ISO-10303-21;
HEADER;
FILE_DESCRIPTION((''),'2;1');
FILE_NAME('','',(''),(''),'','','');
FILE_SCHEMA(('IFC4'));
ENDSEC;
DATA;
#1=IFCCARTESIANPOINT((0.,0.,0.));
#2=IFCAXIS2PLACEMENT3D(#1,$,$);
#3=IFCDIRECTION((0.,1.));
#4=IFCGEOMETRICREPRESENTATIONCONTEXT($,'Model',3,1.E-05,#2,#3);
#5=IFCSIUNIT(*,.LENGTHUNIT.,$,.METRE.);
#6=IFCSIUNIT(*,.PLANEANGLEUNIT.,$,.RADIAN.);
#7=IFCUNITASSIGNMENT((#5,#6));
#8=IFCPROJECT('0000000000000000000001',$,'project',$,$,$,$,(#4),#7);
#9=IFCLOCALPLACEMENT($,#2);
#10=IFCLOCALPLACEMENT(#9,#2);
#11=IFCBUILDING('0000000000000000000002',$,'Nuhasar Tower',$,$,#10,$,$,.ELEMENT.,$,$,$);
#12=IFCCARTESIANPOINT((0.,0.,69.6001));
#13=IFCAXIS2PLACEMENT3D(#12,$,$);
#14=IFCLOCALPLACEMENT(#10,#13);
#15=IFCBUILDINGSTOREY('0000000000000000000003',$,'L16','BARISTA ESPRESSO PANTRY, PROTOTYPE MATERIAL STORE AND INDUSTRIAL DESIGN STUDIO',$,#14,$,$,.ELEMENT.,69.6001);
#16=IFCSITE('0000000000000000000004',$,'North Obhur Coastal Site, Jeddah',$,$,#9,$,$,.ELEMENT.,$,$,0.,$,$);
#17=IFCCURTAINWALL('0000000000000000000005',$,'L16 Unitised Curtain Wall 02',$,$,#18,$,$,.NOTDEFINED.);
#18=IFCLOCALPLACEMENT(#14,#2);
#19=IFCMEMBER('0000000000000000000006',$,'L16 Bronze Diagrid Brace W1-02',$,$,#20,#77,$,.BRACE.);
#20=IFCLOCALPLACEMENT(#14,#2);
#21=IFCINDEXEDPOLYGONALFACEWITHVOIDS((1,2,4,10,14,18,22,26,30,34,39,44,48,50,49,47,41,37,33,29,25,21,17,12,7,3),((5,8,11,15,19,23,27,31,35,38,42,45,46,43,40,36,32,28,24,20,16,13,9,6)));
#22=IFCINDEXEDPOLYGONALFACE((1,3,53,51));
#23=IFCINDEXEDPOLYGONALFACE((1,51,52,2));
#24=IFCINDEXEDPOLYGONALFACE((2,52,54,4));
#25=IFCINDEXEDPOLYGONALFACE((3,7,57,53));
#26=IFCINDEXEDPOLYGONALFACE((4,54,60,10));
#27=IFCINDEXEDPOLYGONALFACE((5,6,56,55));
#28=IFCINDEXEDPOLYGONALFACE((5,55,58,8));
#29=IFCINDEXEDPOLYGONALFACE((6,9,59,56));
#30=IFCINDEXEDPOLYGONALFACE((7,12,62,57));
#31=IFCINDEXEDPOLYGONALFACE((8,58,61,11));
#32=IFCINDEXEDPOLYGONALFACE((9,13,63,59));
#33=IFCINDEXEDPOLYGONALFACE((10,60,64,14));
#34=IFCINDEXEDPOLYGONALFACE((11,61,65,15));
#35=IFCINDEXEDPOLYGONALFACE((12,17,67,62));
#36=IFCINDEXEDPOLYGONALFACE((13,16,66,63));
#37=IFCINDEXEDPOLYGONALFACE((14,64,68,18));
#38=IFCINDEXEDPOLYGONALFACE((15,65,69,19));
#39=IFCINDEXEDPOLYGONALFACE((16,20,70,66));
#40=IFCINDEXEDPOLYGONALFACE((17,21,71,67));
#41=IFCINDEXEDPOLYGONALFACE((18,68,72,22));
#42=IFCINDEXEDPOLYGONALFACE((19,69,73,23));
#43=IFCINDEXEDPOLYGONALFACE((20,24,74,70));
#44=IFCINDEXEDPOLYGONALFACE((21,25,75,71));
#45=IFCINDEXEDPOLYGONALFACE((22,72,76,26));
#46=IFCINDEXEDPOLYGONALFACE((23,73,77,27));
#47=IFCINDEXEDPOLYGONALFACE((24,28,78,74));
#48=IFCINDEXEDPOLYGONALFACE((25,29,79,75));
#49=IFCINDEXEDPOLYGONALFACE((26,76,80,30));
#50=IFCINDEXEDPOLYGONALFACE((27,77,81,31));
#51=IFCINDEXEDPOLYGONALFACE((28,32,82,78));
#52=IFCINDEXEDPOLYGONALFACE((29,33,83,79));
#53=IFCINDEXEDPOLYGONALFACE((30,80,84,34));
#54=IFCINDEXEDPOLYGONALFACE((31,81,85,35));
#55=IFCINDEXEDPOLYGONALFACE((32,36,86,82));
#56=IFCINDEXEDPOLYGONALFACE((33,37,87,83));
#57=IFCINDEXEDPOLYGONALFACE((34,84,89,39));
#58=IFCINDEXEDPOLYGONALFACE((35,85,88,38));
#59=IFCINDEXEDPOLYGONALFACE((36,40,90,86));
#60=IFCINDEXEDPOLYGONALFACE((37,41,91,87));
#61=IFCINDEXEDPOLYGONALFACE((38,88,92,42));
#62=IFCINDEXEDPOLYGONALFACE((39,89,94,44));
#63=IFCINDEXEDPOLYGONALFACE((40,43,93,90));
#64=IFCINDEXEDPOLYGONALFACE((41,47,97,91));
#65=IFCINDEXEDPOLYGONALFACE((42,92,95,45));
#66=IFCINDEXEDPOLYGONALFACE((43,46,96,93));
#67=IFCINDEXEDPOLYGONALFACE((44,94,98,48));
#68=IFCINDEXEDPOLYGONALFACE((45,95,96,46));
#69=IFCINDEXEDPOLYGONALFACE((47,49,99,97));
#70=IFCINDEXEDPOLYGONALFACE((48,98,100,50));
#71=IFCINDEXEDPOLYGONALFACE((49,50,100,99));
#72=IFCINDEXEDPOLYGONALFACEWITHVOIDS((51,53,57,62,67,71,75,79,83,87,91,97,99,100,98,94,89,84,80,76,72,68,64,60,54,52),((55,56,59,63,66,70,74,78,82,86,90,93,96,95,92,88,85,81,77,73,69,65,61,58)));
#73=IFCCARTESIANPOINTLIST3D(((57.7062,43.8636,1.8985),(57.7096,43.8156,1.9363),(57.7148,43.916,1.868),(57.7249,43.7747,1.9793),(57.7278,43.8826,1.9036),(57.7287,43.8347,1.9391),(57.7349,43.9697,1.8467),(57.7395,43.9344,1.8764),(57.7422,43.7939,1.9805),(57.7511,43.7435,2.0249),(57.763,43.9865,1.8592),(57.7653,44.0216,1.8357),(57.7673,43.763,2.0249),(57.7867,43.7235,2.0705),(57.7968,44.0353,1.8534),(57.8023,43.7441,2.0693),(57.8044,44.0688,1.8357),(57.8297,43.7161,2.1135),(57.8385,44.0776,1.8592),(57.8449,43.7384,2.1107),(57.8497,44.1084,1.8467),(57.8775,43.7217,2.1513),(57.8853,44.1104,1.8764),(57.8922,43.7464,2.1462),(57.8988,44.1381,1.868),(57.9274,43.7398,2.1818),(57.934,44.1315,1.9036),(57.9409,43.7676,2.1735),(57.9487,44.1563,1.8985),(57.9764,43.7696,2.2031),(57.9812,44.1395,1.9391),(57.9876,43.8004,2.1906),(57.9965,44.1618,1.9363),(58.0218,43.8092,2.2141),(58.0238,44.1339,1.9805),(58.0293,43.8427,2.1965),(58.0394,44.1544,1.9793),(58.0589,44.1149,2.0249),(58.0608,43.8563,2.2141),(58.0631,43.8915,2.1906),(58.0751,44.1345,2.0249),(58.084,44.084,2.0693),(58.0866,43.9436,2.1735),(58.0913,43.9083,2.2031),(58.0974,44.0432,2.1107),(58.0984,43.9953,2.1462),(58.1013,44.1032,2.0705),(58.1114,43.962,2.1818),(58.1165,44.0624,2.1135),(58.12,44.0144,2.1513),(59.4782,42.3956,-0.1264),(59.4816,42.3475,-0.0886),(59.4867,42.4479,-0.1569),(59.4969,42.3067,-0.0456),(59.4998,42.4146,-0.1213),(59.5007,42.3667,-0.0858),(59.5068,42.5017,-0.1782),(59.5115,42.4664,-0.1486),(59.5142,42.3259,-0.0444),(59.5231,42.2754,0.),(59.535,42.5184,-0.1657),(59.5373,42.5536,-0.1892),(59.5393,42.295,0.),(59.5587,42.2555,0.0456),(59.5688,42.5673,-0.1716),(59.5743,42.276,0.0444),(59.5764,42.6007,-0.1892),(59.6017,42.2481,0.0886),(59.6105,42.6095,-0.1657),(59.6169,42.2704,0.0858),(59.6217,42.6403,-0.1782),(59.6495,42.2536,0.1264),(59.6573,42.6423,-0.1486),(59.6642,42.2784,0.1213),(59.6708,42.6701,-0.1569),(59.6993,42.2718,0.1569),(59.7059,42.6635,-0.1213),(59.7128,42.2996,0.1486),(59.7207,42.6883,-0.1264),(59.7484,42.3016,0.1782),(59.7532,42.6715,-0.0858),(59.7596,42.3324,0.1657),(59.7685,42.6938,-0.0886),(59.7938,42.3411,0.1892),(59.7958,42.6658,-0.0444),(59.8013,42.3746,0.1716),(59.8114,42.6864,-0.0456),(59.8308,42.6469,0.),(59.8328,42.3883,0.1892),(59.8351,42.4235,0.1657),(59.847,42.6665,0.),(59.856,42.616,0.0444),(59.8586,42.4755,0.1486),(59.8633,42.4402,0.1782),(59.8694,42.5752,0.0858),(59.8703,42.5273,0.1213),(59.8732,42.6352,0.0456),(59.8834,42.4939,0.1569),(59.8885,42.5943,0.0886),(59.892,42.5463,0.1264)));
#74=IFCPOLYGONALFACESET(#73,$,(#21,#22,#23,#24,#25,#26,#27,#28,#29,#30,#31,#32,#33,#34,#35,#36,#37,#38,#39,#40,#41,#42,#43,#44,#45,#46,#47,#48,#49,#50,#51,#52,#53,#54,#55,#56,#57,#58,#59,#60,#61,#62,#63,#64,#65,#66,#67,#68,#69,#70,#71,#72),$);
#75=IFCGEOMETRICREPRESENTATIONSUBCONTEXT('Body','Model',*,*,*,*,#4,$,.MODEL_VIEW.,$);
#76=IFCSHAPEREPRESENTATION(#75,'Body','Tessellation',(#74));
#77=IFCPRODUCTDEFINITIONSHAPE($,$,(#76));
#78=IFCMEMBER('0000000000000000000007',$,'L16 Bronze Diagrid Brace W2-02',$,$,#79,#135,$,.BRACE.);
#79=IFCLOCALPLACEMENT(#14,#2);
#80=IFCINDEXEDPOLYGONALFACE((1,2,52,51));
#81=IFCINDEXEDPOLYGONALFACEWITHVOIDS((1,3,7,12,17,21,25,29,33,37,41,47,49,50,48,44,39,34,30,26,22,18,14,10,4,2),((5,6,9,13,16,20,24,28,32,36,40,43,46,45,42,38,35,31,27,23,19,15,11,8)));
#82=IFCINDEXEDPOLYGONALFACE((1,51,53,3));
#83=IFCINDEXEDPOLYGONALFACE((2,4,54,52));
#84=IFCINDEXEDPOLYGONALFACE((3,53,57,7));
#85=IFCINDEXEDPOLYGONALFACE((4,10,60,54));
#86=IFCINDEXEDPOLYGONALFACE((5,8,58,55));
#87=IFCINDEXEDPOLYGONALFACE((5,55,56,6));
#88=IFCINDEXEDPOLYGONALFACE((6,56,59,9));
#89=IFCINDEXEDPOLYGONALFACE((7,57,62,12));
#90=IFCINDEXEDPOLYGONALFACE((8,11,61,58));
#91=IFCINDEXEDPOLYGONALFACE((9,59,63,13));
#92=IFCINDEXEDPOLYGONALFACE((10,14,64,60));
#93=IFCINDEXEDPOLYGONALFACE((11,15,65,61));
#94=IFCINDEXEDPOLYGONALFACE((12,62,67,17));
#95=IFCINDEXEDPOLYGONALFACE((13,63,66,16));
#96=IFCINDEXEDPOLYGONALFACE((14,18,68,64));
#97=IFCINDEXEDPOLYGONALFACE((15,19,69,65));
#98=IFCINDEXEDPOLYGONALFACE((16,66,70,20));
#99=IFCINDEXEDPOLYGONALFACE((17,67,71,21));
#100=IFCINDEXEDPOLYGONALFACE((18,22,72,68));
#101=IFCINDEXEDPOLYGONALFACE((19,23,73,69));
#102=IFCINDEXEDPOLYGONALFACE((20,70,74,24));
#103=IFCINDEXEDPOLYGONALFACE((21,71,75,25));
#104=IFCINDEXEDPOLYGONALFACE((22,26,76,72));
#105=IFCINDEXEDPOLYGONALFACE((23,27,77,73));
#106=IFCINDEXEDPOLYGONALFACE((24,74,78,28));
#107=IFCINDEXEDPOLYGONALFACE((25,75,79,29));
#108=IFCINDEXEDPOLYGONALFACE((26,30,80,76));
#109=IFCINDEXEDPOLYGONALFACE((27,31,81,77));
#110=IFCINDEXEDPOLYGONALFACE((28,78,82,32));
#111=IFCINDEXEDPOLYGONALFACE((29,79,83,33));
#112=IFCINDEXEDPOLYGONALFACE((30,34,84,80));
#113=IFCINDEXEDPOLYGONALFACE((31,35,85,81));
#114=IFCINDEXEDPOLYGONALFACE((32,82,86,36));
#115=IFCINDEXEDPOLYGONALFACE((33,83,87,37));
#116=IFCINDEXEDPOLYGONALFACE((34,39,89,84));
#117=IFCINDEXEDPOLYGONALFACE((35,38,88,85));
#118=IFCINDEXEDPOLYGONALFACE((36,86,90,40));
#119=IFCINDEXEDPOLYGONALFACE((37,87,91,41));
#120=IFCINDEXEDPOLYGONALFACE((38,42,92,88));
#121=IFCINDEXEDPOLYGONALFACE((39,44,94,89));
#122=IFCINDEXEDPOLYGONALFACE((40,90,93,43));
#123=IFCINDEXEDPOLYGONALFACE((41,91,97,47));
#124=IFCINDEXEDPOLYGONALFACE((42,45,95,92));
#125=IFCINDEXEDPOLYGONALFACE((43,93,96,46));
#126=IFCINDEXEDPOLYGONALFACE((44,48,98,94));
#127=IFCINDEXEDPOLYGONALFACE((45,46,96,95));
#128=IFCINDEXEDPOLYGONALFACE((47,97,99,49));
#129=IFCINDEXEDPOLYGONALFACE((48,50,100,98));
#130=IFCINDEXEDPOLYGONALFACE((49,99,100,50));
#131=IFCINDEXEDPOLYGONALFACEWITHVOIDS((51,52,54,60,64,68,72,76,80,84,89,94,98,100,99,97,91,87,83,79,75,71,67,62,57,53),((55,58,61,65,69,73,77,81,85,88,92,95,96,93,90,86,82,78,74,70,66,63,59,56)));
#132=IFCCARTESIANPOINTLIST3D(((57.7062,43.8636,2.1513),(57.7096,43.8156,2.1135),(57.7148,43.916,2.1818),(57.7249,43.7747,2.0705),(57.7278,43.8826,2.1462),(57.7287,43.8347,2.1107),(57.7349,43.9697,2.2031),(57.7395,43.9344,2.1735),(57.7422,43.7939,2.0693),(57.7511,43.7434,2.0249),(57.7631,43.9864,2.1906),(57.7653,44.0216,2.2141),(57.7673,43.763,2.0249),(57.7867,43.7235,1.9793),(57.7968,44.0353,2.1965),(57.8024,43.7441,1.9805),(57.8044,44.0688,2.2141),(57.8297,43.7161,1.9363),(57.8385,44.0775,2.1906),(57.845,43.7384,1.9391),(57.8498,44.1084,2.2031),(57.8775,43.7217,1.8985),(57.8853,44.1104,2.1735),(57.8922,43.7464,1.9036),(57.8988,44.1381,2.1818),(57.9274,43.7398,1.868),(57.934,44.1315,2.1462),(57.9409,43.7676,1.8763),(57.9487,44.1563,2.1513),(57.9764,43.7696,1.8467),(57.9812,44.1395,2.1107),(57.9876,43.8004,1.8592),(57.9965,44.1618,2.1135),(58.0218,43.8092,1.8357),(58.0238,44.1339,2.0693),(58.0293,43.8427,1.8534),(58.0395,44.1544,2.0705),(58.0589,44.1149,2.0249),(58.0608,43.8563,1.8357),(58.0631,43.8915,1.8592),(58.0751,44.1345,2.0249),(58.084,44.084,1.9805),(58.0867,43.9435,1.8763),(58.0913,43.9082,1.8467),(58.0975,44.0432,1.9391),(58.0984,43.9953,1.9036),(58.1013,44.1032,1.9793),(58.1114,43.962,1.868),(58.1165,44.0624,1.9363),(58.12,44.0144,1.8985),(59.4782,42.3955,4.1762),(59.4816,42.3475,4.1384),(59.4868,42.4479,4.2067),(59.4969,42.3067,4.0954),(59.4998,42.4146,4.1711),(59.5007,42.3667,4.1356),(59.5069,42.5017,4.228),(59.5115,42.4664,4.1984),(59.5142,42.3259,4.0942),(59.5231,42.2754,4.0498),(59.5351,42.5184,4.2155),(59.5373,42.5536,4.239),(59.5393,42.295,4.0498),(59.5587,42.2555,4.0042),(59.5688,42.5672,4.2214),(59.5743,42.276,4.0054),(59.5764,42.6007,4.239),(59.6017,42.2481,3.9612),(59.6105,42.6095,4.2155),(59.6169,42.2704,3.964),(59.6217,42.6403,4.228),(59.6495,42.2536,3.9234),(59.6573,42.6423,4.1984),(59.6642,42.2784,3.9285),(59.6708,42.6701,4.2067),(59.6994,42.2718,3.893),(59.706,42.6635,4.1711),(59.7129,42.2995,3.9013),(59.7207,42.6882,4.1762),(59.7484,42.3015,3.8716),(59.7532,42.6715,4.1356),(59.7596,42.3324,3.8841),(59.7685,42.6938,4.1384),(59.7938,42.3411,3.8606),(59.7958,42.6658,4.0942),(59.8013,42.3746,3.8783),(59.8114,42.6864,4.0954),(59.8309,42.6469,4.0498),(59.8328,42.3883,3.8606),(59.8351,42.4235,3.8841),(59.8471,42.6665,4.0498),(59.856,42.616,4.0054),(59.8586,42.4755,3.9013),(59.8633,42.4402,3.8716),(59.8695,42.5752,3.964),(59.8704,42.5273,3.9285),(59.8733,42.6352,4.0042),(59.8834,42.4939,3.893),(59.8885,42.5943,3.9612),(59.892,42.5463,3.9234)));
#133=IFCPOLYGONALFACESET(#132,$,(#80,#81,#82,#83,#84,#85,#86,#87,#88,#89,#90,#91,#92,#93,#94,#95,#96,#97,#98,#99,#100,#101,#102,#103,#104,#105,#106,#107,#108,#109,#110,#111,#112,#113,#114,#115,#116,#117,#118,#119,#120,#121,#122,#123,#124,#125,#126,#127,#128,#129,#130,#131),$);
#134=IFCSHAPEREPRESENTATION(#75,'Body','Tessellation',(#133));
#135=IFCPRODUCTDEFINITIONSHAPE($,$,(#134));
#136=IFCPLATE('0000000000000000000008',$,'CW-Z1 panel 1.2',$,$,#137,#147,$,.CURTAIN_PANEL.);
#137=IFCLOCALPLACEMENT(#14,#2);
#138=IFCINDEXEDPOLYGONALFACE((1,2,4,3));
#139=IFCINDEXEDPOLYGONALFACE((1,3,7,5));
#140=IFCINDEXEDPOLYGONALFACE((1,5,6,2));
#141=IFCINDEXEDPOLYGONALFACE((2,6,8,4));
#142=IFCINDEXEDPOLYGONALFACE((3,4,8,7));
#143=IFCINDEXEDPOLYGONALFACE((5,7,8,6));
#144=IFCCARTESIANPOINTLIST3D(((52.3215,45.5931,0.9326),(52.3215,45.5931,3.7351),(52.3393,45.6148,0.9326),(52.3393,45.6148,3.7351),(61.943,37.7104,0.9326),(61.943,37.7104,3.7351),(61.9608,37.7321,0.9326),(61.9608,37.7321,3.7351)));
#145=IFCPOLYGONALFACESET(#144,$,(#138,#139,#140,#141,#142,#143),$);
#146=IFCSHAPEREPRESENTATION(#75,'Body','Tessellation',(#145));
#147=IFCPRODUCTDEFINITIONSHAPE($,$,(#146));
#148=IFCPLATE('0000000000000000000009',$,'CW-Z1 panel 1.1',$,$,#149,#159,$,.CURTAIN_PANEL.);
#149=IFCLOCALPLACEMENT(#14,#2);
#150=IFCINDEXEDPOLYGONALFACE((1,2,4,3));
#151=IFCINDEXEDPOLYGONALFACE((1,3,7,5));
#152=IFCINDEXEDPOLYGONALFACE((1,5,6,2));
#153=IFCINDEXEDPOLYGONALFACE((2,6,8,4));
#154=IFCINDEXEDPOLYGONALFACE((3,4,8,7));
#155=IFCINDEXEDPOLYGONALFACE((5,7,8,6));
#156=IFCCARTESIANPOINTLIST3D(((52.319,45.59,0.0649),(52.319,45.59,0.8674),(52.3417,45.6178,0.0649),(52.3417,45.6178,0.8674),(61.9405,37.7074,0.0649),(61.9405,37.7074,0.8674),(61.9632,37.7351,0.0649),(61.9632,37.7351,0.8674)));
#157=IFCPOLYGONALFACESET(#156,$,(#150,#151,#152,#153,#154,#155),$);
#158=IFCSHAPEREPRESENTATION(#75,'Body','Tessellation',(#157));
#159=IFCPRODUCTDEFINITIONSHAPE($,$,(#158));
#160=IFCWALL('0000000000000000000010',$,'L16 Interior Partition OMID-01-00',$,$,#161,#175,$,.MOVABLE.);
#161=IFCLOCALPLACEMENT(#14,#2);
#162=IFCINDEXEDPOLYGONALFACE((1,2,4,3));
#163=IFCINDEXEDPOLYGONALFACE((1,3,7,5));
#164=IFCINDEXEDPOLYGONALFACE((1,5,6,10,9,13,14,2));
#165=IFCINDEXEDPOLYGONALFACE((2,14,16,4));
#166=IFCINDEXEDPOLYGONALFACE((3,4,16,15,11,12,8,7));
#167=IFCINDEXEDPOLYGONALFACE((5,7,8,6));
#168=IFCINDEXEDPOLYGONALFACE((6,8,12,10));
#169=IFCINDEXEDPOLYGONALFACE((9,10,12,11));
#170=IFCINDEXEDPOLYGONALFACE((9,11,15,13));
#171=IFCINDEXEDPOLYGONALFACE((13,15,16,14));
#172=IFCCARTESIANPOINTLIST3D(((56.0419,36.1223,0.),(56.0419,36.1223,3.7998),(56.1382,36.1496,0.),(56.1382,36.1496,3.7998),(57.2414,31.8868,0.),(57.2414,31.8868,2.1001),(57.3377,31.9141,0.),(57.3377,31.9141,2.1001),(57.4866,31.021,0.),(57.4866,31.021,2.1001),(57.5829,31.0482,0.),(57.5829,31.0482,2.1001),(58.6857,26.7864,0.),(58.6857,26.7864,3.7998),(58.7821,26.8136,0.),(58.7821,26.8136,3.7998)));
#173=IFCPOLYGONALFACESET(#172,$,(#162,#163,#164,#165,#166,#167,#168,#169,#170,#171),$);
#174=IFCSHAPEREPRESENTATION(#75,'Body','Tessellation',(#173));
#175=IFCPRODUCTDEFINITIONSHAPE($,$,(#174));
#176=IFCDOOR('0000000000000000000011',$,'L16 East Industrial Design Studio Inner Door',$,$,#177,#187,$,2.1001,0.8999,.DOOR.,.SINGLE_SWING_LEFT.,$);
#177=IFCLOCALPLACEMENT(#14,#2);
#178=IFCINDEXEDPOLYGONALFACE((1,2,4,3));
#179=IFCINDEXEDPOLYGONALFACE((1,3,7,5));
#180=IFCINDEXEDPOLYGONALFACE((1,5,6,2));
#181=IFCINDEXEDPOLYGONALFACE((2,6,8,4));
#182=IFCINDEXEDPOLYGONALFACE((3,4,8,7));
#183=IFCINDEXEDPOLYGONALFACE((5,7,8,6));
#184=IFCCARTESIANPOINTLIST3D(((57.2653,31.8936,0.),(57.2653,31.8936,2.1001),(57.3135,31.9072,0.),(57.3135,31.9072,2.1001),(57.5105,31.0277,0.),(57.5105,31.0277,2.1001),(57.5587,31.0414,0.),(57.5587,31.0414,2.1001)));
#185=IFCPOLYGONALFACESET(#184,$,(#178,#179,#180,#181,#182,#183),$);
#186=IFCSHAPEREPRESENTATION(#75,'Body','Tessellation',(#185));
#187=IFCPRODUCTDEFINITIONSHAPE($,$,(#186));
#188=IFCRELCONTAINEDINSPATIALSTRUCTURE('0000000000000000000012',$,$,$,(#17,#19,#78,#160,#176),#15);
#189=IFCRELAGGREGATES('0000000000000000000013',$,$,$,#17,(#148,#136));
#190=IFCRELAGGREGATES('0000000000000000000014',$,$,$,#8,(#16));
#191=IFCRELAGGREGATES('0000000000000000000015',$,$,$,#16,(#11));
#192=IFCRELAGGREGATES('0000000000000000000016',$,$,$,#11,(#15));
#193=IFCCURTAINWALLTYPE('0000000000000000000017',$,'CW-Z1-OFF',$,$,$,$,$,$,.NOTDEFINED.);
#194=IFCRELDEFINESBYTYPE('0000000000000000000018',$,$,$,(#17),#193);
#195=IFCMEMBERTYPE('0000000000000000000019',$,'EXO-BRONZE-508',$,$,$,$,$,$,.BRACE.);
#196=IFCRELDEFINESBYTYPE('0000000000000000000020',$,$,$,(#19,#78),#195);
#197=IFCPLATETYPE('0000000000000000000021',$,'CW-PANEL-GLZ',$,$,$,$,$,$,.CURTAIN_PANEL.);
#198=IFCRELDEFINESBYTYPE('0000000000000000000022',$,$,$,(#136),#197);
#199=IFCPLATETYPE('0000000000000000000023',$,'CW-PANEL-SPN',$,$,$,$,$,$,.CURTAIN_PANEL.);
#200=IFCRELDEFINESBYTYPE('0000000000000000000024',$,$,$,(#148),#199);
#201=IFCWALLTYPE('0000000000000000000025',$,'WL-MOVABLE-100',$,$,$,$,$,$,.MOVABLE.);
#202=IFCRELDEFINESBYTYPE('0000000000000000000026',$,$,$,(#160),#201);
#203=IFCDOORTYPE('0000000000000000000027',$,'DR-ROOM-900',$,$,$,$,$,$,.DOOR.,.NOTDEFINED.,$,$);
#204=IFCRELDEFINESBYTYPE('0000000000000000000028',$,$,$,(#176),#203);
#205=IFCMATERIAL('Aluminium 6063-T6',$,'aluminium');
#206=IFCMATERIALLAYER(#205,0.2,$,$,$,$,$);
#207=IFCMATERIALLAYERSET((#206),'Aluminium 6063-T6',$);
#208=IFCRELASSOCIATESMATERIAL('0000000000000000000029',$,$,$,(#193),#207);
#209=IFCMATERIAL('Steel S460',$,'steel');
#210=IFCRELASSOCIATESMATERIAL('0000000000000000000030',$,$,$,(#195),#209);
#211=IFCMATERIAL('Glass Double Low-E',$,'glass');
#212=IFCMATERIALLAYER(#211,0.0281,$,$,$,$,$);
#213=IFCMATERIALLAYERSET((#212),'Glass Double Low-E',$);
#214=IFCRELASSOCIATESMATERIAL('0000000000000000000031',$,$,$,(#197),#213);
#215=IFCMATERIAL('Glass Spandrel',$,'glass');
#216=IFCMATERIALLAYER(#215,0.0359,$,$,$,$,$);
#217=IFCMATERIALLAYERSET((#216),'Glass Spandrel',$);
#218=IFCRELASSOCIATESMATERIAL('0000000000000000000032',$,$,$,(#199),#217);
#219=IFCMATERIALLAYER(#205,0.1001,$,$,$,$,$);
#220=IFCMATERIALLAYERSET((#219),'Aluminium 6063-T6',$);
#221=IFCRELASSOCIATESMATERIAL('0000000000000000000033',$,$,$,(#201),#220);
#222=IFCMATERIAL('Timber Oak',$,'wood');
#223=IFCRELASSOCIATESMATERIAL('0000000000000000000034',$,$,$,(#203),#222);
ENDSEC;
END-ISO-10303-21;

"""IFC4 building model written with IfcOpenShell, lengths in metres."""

from ifc_helpers import new_model, si_unit, direction, frame, frame_2d, origin, origin_2d, place, context, subcontext, project, spatial, rectangle, hollow_circle, extrude, material, layer, layer_set, material_profile, profile_set, type_object, element, fill, aggregate, save


model = new_model("IFC4")

# Units and contexts
model_context = context("Model", 3, precision=1e-05, world=origin(), true_north=direction((0.0, 1.0)))
body_context = subcontext(model_context, "Body", "Model", "MODEL_VIEW")
ifc_project = project(units=[si_unit("LENGTHUNIT", "METRE"), si_unit("PLANEANGLEUNIT", "RADIAN")], contexts=[model_context])

# Site, building, storey
site_placement = place(None, origin())
site = spatial("IfcSite", under=ifc_project, at=site_placement, Name="North Obhur Coastal Site, Jeddah", CompositionType="ELEMENT", RefElevation=0.0)
building_placement = place(site_placement, origin())
building = spatial("IfcBuilding", under=site, at=building_placement, Name="Nuhasar Tower", CompositionType="ELEMENT")
storey_placement = place(building_placement, frame((0.0, 0.0, 69.6001)))
storey = spatial("IfcBuildingStorey", under=building, at=storey_placement, Name="L16", Description="BARISTA ESPRESSO PANTRY, PROTOTYPE MATERIAL STORE AND INDUSTRIAL DESIGN STUDIO", CompositionType="ELEMENT", Elevation=69.6001)

# Shared definitions
ifc_material_1 = material(Name="Aluminium 6063-T6", Category="aluminium")
ifc_layer_1 = layer(ifc_material_1, 0.2)
ifc_layer_set_1 = layer_set([ifc_layer_1], Name="Aluminium 6063-T6")
curtain_wall_type = type_object("IfcCurtainWallType", Name="CW-Z1-OFF", PredefinedType="NOTDEFINED", material=ifc_layer_set_1)

# Curtain wall
curtain_wall_1_placement = place(storey_placement, origin())
curtain_wall_1 = element("IfcCurtainWall", 1, at=curtain_wall_1_placement, inside=storey, type_object=curtain_wall_type, Name="L16 Unitised Curtain Wall 02", PredefinedType="NOTDEFINED")

# Members
ifc_material_2 = material(Name="Steel S460", Category="steel")
ifc_material_profile_1 = material_profile(ifc_material_2, hollow_circle(Radius=0.2539, WallThickness=0.0254, at=origin_2d()), Name="HSS508X25.4")
ifc_profile_set_1 = profile_set([ifc_material_profile_1], Name="Steel S460")
member_type_1 = type_object("IfcMemberType", Name="EXO-BRONZE-508", PredefinedType="BRACE", material=ifc_profile_set_1)
for number, where, z_axis, x_axis, name in (
    (2, (59.6851, 42.4709, 0.0), (-0.578102, 0.478937, 0.660619), (-0.637969, -0.770062, 0.0), "L16 Bronze Diagrid Brace W1-02"),
    (3, (57.9131, 43.939, 2.0249), (0.578102, -0.478937, 0.660619), (0.637969, 0.770062, 0.0), "L16 Bronze Diagrid Brace W2-02"),
):
    element("IfcMember", number, at=place(storey_placement, frame(where, z_axis=z_axis, x_axis=x_axis)), inside=storey, type_object=member_type_1, Name=name, PredefinedType="BRACE", context=body_context, shape_type="SweptSolid", body=[
        extrude(hollow_circle(Radius=0.2539, WallThickness=0.0254, at=origin_2d()), origin(), (0.0, 0.0, 1.0), 3.0652),
    ])

# Plates
ifc_material_3 = material(Name="Glass Double Low-E", Category="glass")
ifc_layer_2 = layer(ifc_material_3, 0.0281)
ifc_layer_set_2 = layer_set([ifc_layer_2], Name="Glass Double Low-E")
plate_type_1 = type_object("IfcPlateType", Name="CW-PANEL-GLZ", PredefinedType="CURTAIN_PANEL", material=ifc_layer_set_2)
plate_1_placement = place(storey_placement, frame((57.1411, 41.6626, 0.9326), z_axis=(0.0, 0.0, 1.0), x_axis=(-0.773542, 0.633745, 0.0)))
plate_1 = element("IfcPlate", 4, at=plate_1_placement, type_object=plate_type_1, Name="CW-Z1 panel 1.2", PredefinedType="CURTAIN_PANEL", context=body_context, shape_type="SweptSolid", body=[
    extrude(rectangle(XDim=12.4382, YDim=0.0281, at=origin_2d()), origin(), (0.0, 0.0, 1.0), 2.8025),
])
ifc_material_4 = material(Name="Glass Spandrel", Category="glass")
ifc_layer_3 = layer(ifc_material_4, 0.0359)
ifc_layer_set_3 = layer_set([ifc_layer_3], Name="Glass Spandrel")
plate_type_2 = type_object("IfcPlateType", Name="CW-PANEL-SPN", PredefinedType="CURTAIN_PANEL", material=ifc_layer_set_3)
plate_2_placement = place(storey_placement, frame((57.1411, 41.6626, 0.0649), z_axis=(0.0, 0.0, 1.0), x_axis=(-0.773542, 0.633745, 0.0)))
plate_2 = element("IfcPlate", 5, at=plate_2_placement, type_object=plate_type_2, Name="CW-Z1 panel 1.1", PredefinedType="CURTAIN_PANEL", context=body_context, shape_type="SweptSolid", body=[
    extrude(rectangle(XDim=12.4382, YDim=0.0359, at=origin_2d()), origin(), (0.0, 0.0, 1.0), 0.8025),
])
aggregate(curtain_wall_1, [plate_2, plate_1])

# Wall, opening, door
ifc_layer_4 = layer(ifc_material_1, 0.1001)
ifc_layer_set_4 = layer_set([ifc_layer_4], Name="Aluminium 6063-T6")
wall_type = type_object("IfcWallType", Name="WL-MOVABLE-100", PredefinedType="MOVABLE", material=ifc_layer_set_4)
wall_1_placement = place(storey_placement, frame((56.0901, 36.136, 0.0), z_axis=(0.0, 0.0, 1.0), x_axis=(0.272471, -0.962164, 0.0)))
wall_1 = element("IfcWall", 6, at=wall_1_placement, inside=storey, type_object=wall_type, Name="L16 Interior Partition OMID-01-00", PredefinedType="MOVABLE", context=body_context, shape_type="SweptSolid", body=[
    extrude(rectangle(XDim=9.7031, YDim=0.1001, at=frame_2d((4.8516, 0.0))), origin(), (0.0, 0.0, 1.0), 3.7998),
])
opening_placement = place(wall_1_placement, frame((4.4021, 0.0, 0.0)))
opening = element("IfcOpeningElement", 7, at=opening_placement, cuts=wall_1, PredefinedType="OPENING", context=body_context, shape_type="SweptSolid", body=[
    extrude(rectangle(XDim=0.8999, YDim=2.1001, at=frame_2d((0.45, 1.05))), frame((0.0, 0.0601, 0.0), z_axis=(0.0, -1.0, 0.0), x_axis=(1.0, 0.0, 0.0)), (0.0, 0.0, 1.0), 0.1201),
])
ifc_material_5 = material(Name="Timber Oak", Category="wood")
door_type = type_object("IfcDoorType", Name="DR-ROOM-900", OperationType="NOTDEFINED", PredefinedType="DOOR", material=ifc_material_5)
door_placement = place(opening_placement, origin())
door = element("IfcDoor", 8, at=door_placement, inside=storey, type_object=door_type, Name="L16 East Industrial Design Studio Inner Door", OperationType="SINGLE_SWING_LEFT", OverallHeight=2.1001, OverallWidth=0.8999, PredefinedType="DOOR", context=body_context, shape_type="SweptSolid", body=[
    extrude(rectangle(XDim=0.8999, YDim=2.1001, at=frame_2d((0.45, 1.05))), frame((0.0, 0.0249, 0.0), z_axis=(0.0, -1.0, 0.0), x_axis=(1.0, 0.0, 0.0)), (0.0, 0.0, 1.0), 0.05),
])
fill(opening, door)

save(model, "model.ifc")
